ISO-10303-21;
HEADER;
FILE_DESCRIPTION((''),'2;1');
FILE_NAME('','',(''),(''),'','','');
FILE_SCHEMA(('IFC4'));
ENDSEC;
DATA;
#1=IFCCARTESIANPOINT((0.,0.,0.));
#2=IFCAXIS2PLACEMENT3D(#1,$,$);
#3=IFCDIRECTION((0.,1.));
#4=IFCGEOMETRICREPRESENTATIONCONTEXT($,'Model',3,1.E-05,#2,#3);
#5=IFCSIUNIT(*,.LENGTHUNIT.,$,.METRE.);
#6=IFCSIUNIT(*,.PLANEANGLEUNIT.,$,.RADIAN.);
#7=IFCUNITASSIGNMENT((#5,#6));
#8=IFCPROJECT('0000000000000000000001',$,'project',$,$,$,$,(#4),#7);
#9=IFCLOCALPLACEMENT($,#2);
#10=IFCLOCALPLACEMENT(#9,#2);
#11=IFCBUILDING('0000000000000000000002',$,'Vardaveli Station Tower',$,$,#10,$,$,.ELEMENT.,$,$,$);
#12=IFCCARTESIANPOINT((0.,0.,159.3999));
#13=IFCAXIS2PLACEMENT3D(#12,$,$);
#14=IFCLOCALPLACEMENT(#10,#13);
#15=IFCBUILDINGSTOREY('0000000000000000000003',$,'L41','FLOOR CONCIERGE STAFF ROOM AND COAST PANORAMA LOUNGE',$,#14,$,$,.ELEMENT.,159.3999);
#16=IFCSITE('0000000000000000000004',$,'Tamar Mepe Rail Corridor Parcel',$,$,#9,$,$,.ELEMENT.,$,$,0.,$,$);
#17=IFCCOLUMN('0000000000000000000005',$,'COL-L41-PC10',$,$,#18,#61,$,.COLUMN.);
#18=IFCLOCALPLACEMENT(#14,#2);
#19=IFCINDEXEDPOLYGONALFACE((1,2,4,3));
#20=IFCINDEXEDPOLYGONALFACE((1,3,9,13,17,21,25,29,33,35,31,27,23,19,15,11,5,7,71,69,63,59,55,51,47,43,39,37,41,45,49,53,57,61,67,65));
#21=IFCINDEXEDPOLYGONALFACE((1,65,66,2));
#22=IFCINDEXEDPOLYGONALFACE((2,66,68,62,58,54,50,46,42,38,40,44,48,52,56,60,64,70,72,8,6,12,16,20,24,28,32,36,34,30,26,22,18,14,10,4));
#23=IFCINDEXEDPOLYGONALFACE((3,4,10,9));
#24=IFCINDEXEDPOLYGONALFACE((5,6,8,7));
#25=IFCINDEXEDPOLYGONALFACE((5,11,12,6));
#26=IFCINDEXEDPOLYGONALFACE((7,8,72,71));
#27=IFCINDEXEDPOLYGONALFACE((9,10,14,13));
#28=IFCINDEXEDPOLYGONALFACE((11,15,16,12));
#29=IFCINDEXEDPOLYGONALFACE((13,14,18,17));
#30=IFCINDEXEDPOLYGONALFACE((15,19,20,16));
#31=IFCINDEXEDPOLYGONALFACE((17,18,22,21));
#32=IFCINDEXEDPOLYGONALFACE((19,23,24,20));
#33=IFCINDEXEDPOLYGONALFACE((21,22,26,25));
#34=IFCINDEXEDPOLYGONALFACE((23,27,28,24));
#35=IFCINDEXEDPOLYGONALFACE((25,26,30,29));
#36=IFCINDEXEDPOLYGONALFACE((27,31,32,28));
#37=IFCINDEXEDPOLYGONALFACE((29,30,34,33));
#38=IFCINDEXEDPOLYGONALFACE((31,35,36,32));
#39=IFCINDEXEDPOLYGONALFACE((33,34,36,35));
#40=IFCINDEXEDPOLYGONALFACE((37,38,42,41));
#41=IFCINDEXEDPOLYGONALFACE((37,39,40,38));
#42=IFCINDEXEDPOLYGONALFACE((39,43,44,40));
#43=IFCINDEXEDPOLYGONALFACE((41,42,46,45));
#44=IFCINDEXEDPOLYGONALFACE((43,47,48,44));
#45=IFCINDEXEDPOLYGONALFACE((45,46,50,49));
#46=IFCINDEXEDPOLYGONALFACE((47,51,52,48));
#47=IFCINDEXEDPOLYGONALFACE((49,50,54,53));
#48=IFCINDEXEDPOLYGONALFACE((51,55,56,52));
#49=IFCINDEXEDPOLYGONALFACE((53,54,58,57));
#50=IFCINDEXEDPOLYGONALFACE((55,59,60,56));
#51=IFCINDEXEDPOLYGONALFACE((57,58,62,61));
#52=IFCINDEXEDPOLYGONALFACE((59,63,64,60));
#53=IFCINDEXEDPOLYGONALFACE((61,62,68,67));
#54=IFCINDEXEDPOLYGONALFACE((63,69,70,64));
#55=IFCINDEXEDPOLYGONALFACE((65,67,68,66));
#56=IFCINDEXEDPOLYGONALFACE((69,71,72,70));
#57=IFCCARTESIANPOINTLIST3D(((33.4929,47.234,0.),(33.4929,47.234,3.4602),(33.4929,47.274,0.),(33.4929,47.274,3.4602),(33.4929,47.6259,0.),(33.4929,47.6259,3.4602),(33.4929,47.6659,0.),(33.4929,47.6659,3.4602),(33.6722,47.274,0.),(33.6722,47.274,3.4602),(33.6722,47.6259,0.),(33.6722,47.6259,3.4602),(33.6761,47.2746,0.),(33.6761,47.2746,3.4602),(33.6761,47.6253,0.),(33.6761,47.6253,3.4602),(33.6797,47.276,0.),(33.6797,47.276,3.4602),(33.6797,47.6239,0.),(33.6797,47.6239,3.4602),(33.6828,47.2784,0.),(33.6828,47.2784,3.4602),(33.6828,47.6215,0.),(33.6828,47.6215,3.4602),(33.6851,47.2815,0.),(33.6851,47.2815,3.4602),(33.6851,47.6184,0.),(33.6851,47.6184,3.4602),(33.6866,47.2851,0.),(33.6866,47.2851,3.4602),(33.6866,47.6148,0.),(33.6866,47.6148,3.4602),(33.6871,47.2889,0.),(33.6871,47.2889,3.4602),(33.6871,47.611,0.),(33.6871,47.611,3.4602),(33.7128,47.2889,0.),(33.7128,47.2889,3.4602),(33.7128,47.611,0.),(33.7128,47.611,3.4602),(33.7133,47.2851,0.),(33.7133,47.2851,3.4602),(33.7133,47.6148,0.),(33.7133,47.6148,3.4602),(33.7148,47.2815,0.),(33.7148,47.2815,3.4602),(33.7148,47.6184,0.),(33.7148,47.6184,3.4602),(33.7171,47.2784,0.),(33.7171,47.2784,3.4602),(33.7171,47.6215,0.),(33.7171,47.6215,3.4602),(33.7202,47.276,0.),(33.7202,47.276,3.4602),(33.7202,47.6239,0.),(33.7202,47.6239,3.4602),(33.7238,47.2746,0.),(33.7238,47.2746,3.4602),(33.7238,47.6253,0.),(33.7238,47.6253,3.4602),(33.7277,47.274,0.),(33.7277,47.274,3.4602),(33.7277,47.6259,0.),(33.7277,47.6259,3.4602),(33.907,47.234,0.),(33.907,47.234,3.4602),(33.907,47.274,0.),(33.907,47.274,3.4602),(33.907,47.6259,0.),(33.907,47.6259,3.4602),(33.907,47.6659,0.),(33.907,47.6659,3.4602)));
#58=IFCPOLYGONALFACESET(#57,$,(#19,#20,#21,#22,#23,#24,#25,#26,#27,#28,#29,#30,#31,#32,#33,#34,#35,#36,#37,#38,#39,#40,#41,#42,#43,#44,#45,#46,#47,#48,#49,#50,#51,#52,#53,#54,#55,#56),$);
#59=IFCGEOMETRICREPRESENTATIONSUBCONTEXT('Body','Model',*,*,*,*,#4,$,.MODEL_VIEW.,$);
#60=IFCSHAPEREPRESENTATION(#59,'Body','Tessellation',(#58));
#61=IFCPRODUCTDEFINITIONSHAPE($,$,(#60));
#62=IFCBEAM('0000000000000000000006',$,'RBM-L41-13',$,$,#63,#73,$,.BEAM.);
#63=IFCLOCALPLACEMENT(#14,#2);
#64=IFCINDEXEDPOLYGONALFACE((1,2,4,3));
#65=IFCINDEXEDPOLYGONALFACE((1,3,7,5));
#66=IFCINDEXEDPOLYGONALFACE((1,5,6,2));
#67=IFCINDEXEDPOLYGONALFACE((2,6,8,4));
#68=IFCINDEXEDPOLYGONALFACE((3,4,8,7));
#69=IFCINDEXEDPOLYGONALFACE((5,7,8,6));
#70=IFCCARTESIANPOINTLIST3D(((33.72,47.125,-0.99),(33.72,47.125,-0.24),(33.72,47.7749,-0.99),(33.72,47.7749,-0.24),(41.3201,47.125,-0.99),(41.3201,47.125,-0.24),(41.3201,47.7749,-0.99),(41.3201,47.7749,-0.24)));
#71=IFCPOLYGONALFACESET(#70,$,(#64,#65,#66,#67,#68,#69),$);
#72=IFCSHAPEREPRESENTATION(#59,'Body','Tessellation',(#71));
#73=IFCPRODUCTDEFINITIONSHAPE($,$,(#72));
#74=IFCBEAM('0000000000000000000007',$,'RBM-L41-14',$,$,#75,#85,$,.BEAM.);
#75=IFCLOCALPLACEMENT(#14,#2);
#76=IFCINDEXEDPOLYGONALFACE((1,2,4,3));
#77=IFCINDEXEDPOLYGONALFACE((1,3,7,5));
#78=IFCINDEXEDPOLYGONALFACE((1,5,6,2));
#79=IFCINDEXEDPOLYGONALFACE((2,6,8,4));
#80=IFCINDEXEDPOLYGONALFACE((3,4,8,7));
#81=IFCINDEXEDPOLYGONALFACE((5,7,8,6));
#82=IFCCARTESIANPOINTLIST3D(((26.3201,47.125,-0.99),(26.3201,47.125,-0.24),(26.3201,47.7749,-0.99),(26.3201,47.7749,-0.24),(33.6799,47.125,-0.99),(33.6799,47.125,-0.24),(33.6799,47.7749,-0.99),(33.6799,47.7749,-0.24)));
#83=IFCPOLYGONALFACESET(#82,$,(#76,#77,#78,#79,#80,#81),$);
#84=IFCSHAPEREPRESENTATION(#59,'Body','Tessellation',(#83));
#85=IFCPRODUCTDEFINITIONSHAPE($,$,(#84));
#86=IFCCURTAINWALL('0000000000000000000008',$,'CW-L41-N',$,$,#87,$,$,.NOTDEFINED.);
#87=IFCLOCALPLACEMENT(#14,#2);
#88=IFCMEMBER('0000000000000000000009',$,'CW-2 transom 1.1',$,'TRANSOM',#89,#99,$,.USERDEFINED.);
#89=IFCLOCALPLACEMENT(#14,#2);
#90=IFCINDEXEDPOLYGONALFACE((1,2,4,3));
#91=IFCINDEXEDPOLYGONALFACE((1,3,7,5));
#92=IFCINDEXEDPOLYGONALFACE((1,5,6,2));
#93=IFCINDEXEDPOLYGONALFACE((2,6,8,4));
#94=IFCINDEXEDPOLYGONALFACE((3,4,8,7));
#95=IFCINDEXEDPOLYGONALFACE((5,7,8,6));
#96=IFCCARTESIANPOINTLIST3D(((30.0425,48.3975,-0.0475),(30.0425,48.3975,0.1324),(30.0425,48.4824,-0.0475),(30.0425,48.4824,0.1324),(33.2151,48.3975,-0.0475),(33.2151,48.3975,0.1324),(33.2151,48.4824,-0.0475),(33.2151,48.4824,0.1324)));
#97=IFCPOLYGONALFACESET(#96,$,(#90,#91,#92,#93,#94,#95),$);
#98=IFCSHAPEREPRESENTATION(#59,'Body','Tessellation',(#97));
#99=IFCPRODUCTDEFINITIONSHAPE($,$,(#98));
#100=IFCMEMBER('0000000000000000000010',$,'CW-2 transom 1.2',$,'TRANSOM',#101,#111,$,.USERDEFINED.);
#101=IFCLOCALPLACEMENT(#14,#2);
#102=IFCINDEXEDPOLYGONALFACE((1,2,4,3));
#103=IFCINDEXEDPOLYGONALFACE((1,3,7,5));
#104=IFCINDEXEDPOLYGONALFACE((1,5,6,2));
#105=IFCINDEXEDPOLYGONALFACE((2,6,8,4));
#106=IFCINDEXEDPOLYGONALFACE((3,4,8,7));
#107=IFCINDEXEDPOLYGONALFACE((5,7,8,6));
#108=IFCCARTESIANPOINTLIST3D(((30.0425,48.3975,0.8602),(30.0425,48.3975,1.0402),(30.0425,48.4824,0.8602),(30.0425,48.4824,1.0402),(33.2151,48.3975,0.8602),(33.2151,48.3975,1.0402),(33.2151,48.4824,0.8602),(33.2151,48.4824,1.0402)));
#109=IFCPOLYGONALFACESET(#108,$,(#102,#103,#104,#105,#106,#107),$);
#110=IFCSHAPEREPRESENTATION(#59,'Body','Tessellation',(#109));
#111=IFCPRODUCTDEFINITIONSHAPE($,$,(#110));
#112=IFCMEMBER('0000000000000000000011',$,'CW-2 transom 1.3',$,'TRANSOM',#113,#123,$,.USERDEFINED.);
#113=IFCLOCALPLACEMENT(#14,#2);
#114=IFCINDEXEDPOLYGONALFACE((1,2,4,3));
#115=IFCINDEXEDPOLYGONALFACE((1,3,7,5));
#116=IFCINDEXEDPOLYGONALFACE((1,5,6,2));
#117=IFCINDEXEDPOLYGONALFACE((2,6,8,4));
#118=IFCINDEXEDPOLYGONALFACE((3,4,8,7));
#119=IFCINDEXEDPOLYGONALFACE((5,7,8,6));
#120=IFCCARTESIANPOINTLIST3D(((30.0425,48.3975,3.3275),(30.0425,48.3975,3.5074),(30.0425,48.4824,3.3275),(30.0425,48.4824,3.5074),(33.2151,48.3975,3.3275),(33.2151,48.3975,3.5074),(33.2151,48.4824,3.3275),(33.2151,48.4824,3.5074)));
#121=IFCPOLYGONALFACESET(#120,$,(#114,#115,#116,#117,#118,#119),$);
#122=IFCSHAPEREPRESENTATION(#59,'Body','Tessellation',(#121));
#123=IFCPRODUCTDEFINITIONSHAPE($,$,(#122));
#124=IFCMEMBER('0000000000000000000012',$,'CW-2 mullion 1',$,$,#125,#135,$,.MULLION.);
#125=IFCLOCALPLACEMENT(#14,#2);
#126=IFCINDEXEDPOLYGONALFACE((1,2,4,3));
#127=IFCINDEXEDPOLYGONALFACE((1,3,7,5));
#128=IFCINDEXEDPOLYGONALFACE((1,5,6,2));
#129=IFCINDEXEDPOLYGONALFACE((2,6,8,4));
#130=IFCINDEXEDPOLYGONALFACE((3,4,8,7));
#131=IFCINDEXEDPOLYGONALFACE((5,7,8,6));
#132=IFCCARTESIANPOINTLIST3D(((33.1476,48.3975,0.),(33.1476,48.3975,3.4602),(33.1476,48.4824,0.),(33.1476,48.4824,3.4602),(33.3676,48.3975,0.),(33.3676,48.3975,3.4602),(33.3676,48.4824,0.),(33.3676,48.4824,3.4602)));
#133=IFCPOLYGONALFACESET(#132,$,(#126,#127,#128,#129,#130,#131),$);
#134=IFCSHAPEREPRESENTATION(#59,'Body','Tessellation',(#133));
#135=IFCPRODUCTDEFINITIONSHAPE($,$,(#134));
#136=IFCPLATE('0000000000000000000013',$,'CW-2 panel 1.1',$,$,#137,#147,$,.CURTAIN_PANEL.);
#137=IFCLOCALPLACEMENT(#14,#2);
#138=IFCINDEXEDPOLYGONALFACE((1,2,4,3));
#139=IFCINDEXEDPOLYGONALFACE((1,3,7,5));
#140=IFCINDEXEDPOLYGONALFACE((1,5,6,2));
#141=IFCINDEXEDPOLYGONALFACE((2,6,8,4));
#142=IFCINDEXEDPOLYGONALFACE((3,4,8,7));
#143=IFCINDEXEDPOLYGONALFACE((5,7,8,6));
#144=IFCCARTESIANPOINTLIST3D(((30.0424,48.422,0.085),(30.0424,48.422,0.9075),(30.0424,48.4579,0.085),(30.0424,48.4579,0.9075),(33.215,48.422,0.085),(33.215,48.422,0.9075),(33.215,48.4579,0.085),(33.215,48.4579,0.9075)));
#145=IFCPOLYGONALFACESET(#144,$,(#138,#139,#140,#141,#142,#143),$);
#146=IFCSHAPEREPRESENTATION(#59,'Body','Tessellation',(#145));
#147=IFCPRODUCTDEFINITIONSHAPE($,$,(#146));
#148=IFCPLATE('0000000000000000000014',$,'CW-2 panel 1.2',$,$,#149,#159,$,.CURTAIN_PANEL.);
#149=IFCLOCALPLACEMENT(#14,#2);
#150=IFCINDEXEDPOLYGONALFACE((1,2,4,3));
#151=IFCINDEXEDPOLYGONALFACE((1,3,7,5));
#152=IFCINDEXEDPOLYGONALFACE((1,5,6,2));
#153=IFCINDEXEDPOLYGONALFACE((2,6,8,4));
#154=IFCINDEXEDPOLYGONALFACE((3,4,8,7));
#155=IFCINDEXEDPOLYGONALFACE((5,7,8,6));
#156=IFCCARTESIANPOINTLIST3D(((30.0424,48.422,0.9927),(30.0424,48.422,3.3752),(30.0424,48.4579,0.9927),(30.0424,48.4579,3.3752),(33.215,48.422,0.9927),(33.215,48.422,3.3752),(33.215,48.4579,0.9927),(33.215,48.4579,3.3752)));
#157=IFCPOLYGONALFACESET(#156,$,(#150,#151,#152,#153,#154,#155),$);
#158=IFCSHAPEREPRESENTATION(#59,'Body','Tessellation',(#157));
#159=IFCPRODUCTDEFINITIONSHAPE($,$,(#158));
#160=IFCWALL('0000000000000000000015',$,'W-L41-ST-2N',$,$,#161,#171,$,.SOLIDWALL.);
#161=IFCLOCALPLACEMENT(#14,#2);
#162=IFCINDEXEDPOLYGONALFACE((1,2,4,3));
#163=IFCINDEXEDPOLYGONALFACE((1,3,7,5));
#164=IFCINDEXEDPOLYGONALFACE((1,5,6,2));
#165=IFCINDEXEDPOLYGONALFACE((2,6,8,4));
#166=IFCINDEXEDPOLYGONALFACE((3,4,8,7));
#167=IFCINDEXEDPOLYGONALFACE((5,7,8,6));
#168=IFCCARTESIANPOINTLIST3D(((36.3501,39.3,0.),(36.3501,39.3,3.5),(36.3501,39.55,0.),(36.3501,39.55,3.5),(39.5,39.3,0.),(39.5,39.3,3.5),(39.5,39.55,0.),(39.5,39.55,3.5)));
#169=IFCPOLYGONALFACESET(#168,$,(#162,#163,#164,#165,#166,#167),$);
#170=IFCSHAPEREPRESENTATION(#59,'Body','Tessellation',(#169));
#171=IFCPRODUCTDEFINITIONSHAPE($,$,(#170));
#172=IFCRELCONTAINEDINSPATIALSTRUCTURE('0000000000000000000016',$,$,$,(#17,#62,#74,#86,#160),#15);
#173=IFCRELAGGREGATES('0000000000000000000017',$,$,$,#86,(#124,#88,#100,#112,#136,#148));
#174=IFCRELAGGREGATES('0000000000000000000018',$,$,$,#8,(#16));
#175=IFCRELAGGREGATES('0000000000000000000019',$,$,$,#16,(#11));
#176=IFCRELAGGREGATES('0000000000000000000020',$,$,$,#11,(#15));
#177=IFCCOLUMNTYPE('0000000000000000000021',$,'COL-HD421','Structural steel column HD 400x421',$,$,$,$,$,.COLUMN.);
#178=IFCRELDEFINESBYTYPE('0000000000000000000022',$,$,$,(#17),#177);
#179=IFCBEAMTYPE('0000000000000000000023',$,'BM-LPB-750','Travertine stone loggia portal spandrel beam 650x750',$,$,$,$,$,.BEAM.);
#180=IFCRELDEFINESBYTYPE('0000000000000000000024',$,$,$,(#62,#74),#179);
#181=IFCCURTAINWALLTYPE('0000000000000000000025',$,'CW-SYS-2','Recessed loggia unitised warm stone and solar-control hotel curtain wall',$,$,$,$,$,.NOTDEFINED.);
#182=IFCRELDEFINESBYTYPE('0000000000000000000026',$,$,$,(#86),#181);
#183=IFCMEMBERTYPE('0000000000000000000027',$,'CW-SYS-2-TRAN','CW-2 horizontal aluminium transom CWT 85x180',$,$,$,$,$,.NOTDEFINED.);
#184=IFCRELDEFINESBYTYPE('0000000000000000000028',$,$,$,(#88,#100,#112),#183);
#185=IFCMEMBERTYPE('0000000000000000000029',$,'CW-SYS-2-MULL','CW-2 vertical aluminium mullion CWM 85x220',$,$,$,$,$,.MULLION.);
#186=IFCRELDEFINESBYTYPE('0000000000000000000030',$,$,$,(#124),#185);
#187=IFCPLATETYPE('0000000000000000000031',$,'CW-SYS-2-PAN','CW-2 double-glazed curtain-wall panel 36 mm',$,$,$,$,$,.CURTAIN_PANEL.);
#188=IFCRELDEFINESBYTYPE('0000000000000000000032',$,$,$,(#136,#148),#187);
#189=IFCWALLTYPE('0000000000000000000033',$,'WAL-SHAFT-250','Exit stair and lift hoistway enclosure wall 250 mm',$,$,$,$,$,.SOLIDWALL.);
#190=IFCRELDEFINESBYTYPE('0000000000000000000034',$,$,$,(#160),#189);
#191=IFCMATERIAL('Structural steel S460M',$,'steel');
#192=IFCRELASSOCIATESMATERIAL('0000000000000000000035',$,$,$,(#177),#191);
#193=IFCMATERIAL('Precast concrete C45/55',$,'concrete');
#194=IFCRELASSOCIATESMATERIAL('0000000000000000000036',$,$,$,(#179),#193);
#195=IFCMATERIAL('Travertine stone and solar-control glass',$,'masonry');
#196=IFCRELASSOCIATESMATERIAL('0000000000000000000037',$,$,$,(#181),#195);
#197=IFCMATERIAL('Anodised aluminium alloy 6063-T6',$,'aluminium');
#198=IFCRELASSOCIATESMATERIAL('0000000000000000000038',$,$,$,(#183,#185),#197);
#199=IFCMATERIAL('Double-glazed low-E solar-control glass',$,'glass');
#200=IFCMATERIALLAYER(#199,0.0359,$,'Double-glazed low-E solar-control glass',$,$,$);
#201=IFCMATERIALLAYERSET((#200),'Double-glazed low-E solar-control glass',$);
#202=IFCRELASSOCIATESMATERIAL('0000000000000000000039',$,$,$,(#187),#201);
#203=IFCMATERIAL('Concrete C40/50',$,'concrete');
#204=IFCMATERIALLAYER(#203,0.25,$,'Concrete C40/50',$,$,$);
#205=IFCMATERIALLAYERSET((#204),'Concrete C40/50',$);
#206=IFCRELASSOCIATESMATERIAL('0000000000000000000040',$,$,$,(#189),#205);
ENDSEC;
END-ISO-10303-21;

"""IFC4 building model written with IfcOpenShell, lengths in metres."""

from ifc_helpers import new_model, si_unit, direction, frame, frame_2d, origin, origin_2d, place, context, subcontext, project, spatial, rectangle, i_section, extrude, source, transform, mapped, material, layer, layer_set, material_profile, profile_set, type_object, element, aggregate, save


model = new_model("IFC4")

# Units and contexts
model_context = context("Model", 3, precision=1e-05, world=origin(), true_north=direction((0.0, 1.0)))
body_context = subcontext(model_context, "Body", "Model", "MODEL_VIEW")
ifc_project = project(units=[si_unit("LENGTHUNIT", "METRE"), si_unit("PLANEANGLEUNIT", "RADIAN")], contexts=[model_context])

# Site, building, storey
site_placement = place(None, origin())
site = spatial("IfcSite", under=ifc_project, at=site_placement, Name="Tamar Mepe Rail Corridor Parcel", CompositionType="ELEMENT", RefElevation=0.0)
building_placement = place(site_placement, origin())
building = spatial("IfcBuilding", under=site, at=building_placement, Name="Vardaveli Station Tower", CompositionType="ELEMENT")
storey_placement = place(building_placement, frame((0.0, 0.0, 159.3999)))
storey = spatial("IfcBuildingStorey", under=building, at=storey_placement, Name="L41", Description="FLOOR CONCIERGE STAFF ROOM AND COAST PANORAMA LOUNGE", CompositionType="ELEMENT", Elevation=159.3999)

# Column
ifc_material_1 = material(Name="Structural steel S460M", Category="steel")
ifc_material_profile_1 = material_profile(ifc_material_1, i_section(OverallWidth=0.4141, OverallDepth=0.4319, WebThickness=0.0256, FlangeThickness=0.04, FilletRadius=0.0149, at=origin_2d()), Name="HD 400x421")
ifc_profile_set_1 = profile_set([ifc_material_profile_1], Name="Structural steel S460M")
column_type = type_object("IfcColumnType", Name="COL-HD421", Description="Structural steel column HD 400x421", PredefinedType="COLUMN", material=ifc_profile_set_1)
shared_shape_1 = source(origin(), body_context, "Body", "SweptSolid", [
    extrude(i_section(OverallWidth=0.4141, OverallDepth=0.4319, WebThickness=0.0256, FlangeThickness=0.04, FilletRadius=0.0149, at=origin_2d()), origin(), (0.0, 0.0, 1.0), 3.4602),
])
column_placement = place(storey_placement, frame((33.7, 47.45, 0.0), z_axis=(0.0, 0.0, 1.0), x_axis=(1.0, 0.0, 0.0)))
element("IfcColumn", 1, at=column_placement, inside=storey, type_object=column_type, Name="COL-L41-PC10", PredefinedType="COLUMN", context=body_context, shape_type="MappedRepresentation", body=[
    mapped(shared_shape_1, transform((0.0, 0.0, 0.0), scale=1.0)),
])

# Beams
ifc_material_2 = material(Name="Precast concrete C45/55", Category="concrete")
ifc_material_profile_2 = material_profile(ifc_material_2, rectangle(XDim=0.6499, YDim=0.75, at=origin_2d()), Name="LPB 650x750")
ifc_profile_set_2 = profile_set([ifc_material_profile_2], Name="Precast concrete C45/55")
beam_type = type_object("IfcBeamType", Name="BM-LPB-750", Description="Travertine stone loggia portal spandrel beam 650x750", PredefinedType="BEAM", material=ifc_profile_set_2)
shared_shape_2 = source(origin(), body_context, "Body", "SweptSolid", [
    extrude(rectangle(XDim=0.6499, YDim=0.75, at=origin_2d()), origin(), (0.0, 0.0, 1.0), 7.6001),
])
beam_1_placement = place(storey_placement, frame((41.3201, 47.45, -0.615), z_axis=(-1.0, 0.0, 0.0), x_axis=(0.0, -1.0, 0.0)))
element("IfcBeam", 2, at=beam_1_placement, inside=storey, type_object=beam_type, Name="RBM-L41-13", PredefinedType="BEAM", context=body_context, shape_type="MappedRepresentation", body=[
    mapped(shared_shape_2, transform((0.0, 0.0, 0.0), scale=1.0)),
])
shared_shape_3 = source(origin(), body_context, "Body", "SweptSolid", [
    extrude(rectangle(XDim=0.6499, YDim=0.75, at=origin_2d()), origin(), (0.0, 0.0, 1.0), 7.3599),
])
beam_2_placement = place(storey_placement, frame((33.6799, 47.45, -0.615), z_axis=(-1.0, 0.0, 0.0), x_axis=(0.0, -1.0, 0.0)))
element("IfcBeam", 3, at=beam_2_placement, inside=storey, type_object=beam_type, Name="RBM-L41-14", PredefinedType="BEAM", context=body_context, shape_type="MappedRepresentation", body=[
    mapped(shared_shape_3, transform((0.0, 0.0, 0.0), scale=1.0)),
])

# Curtain wall, members, plates
ifc_material_3 = material(Name="Travertine stone and solar-control glass", Category="masonry")
curtain_wall_type = type_object("IfcCurtainWallType", Name="CW-SYS-2", Description="Recessed loggia unitised warm stone and solar-control hotel curtain wall", PredefinedType="NOTDEFINED", material=ifc_material_3)
curtain_wall_placement = place(storey_placement, origin())
curtain_wall = element("IfcCurtainWall", 4, at=curtain_wall_placement, inside=storey, type_object=curtain_wall_type, Name="CW-L41-N", PredefinedType="NOTDEFINED")
ifc_material_4 = material(Name="Anodised aluminium alloy 6063-T6", Category="aluminium")
ifc_material_profile_3 = material_profile(ifc_material_4, rectangle(XDim=0.085, YDim=0.1799, at=origin_2d()), Name="CWT 85x180")
ifc_profile_set_3 = profile_set([ifc_material_profile_3], Name="Anodised aluminium alloy 6063-T6")
member_type_1 = type_object("IfcMemberType", Name="CW-SYS-2-TRAN", Description="CW-2 horizontal aluminium transom CWT 85x180", PredefinedType="NOTDEFINED", material=ifc_profile_set_3)
shared_shape_4 = source(origin(), body_context, "Body", "SweptSolid", [
    extrude(rectangle(XDim=0.085, YDim=0.1799, at=origin_2d()), origin(), (0.0, 0.0, 1.0), 3.1726),
])
member_1_placement = place(storey_placement, frame((33.2151, 48.4399, 0.0425), z_axis=(-1.0, 0.0, 0.0), x_axis=(0.0, -1.0, 0.0)))
member_1 = element("IfcMember", 5, at=member_1_placement, type_object=member_type_1, Name="CW-2 transom 1.1", ObjectType="TRANSOM", PredefinedType="USERDEFINED", context=body_context, shape_type="MappedRepresentation", body=[
    mapped(shared_shape_4, transform((0.0, 0.0, 0.0), scale=1.0)),
])
member_2_placement = place(storey_placement, frame((33.2151, 48.4399, 0.9502), z_axis=(-1.0, 0.0, 0.0), x_axis=(0.0, -1.0, 0.0)))
member_2 = element("IfcMember", 6, at=member_2_placement, type_object=member_type_1, Name="CW-2 transom 1.2", ObjectType="TRANSOM", PredefinedType="USERDEFINED", context=body_context, shape_type="MappedRepresentation", body=[
    mapped(shared_shape_4, transform((0.0, 0.0, 0.0), scale=1.0)),
])
member_3_placement = place(storey_placement, frame((33.2151, 48.4399, 3.4175), z_axis=(-1.0, 0.0, 0.0), x_axis=(0.0, -1.0, 0.0)))
member_3 = element("IfcMember", 7, at=member_3_placement, type_object=member_type_1, Name="CW-2 transom 1.3", ObjectType="TRANSOM", PredefinedType="USERDEFINED", context=body_context, shape_type="MappedRepresentation", body=[
    mapped(shared_shape_4, transform((0.0, 0.0, 0.0), scale=1.0)),
])
ifc_material_profile_4 = material_profile(ifc_material_4, rectangle(XDim=0.085, YDim=0.22, at=origin_2d()), Name="CWM 85x220")
ifc_profile_set_4 = profile_set([ifc_material_profile_4], Name="Anodised aluminium alloy 6063-T6")
member_type_2 = type_object("IfcMemberType", Name="CW-SYS-2-MULL", Description="CW-2 vertical aluminium mullion CWM 85x220", PredefinedType="MULLION", material=ifc_profile_set_4)
shared_shape_5 = source(origin(), body_context, "Body", "SweptSolid", [
    extrude(rectangle(XDim=0.085, YDim=0.22, at=origin_2d()), origin(), (0.0, 0.0, 1.0), 3.4602),
])
member_4_placement = place(storey_placement, frame((33.2576, 48.4399, 0.0), z_axis=(0.0, 0.0, 1.0), x_axis=(0.0, -1.0, 0.0)))
member_4 = element("IfcMember", 8, at=member_4_placement, type_object=member_type_2, Name="CW-2 mullion 1", PredefinedType="MULLION", context=body_context, shape_type="MappedRepresentation", body=[
    mapped(shared_shape_5, transform((0.0, 0.0, 0.0), scale=1.0)),
])
ifc_material_5 = material(Name="Double-glazed low-E solar-control glass", Category="glass")
ifc_layer_1 = layer(ifc_material_5, 0.0359, Name="Double-glazed low-E solar-control glass")
ifc_layer_set_1 = layer_set([ifc_layer_1], Name="Double-glazed low-E solar-control glass")
plate_type = type_object("IfcPlateType", Name="CW-SYS-2-PAN", Description="CW-2 double-glazed curtain-wall panel 36 mm", PredefinedType="CURTAIN_PANEL", material=ifc_layer_set_1)
shared_shape_6 = source(origin(), body_context, "Body", "SweptSolid", [
    extrude(rectangle(XDim=3.1726, YDim=0.0359, at=origin_2d()), origin(), (0.0, 0.0, 1.0), 0.8225),
])
plate_1_placement = place(storey_placement, frame((31.6287, 48.4399, 0.085), z_axis=(0.0, 0.0, 1.0), x_axis=(-1.0, 0.0, 0.0)))
plate_1 = element("IfcPlate", 9, at=plate_1_placement, type_object=plate_type, Name="CW-2 panel 1.1", PredefinedType="CURTAIN_PANEL", context=body_context, shape_type="MappedRepresentation", body=[
    mapped(shared_shape_6, transform((0.0, 0.0, 0.0), scale=1.0)),
])
shared_shape_7 = source(origin(), body_context, "Body", "SweptSolid", [
    extrude(rectangle(XDim=3.1726, YDim=0.0359, at=origin_2d()), origin(), (0.0, 0.0, 1.0), 2.3826),
])
plate_2_placement = place(storey_placement, frame((31.6287, 48.4399, 0.9927), z_axis=(0.0, 0.0, 1.0), x_axis=(-1.0, 0.0, 0.0)))
plate_2 = element("IfcPlate", 10, at=plate_2_placement, type_object=plate_type, Name="CW-2 panel 1.2", PredefinedType="CURTAIN_PANEL", context=body_context, shape_type="MappedRepresentation", body=[
    mapped(shared_shape_7, transform((0.0, 0.0, 0.0), scale=1.0)),
])
aggregate(curtain_wall, [member_4, member_1, member_2, member_3, plate_1, plate_2])

# Wall
ifc_material_6 = material(Name="Concrete C40/50", Category="concrete")
ifc_layer_2 = layer(ifc_material_6, 0.25, Name="Concrete C40/50")
ifc_layer_set_2 = layer_set([ifc_layer_2], Name="Concrete C40/50")
wall_type = type_object("IfcWallType", Name="WAL-SHAFT-250", Description="Exit stair and lift hoistway enclosure wall 250 mm", PredefinedType="SOLIDWALL", material=ifc_layer_set_2)
shared_shape_8 = source(origin(), body_context, "Body", "SweptSolid", [
    extrude(rectangle(XDim=3.1499, YDim=0.25, at=frame_2d((1.575, 0.0))), origin(), (0.0, 0.0, 1.0), 3.5),
])
wall_1_placement = place(storey_placement, frame((36.3501, 39.425, 0.0), z_axis=(0.0, 0.0, 1.0), x_axis=(1.0, 0.0, 0.0)))
element("IfcWall", 11, at=wall_1_placement, inside=storey, type_object=wall_type, Name="W-L41-ST-2N", PredefinedType="SOLIDWALL", context=body_context, shape_type="MappedRepresentation", body=[
    mapped(shared_shape_8, transform((0.0, 0.0, 0.0), scale=1.0)),
])

save(model, "model.ifc")
